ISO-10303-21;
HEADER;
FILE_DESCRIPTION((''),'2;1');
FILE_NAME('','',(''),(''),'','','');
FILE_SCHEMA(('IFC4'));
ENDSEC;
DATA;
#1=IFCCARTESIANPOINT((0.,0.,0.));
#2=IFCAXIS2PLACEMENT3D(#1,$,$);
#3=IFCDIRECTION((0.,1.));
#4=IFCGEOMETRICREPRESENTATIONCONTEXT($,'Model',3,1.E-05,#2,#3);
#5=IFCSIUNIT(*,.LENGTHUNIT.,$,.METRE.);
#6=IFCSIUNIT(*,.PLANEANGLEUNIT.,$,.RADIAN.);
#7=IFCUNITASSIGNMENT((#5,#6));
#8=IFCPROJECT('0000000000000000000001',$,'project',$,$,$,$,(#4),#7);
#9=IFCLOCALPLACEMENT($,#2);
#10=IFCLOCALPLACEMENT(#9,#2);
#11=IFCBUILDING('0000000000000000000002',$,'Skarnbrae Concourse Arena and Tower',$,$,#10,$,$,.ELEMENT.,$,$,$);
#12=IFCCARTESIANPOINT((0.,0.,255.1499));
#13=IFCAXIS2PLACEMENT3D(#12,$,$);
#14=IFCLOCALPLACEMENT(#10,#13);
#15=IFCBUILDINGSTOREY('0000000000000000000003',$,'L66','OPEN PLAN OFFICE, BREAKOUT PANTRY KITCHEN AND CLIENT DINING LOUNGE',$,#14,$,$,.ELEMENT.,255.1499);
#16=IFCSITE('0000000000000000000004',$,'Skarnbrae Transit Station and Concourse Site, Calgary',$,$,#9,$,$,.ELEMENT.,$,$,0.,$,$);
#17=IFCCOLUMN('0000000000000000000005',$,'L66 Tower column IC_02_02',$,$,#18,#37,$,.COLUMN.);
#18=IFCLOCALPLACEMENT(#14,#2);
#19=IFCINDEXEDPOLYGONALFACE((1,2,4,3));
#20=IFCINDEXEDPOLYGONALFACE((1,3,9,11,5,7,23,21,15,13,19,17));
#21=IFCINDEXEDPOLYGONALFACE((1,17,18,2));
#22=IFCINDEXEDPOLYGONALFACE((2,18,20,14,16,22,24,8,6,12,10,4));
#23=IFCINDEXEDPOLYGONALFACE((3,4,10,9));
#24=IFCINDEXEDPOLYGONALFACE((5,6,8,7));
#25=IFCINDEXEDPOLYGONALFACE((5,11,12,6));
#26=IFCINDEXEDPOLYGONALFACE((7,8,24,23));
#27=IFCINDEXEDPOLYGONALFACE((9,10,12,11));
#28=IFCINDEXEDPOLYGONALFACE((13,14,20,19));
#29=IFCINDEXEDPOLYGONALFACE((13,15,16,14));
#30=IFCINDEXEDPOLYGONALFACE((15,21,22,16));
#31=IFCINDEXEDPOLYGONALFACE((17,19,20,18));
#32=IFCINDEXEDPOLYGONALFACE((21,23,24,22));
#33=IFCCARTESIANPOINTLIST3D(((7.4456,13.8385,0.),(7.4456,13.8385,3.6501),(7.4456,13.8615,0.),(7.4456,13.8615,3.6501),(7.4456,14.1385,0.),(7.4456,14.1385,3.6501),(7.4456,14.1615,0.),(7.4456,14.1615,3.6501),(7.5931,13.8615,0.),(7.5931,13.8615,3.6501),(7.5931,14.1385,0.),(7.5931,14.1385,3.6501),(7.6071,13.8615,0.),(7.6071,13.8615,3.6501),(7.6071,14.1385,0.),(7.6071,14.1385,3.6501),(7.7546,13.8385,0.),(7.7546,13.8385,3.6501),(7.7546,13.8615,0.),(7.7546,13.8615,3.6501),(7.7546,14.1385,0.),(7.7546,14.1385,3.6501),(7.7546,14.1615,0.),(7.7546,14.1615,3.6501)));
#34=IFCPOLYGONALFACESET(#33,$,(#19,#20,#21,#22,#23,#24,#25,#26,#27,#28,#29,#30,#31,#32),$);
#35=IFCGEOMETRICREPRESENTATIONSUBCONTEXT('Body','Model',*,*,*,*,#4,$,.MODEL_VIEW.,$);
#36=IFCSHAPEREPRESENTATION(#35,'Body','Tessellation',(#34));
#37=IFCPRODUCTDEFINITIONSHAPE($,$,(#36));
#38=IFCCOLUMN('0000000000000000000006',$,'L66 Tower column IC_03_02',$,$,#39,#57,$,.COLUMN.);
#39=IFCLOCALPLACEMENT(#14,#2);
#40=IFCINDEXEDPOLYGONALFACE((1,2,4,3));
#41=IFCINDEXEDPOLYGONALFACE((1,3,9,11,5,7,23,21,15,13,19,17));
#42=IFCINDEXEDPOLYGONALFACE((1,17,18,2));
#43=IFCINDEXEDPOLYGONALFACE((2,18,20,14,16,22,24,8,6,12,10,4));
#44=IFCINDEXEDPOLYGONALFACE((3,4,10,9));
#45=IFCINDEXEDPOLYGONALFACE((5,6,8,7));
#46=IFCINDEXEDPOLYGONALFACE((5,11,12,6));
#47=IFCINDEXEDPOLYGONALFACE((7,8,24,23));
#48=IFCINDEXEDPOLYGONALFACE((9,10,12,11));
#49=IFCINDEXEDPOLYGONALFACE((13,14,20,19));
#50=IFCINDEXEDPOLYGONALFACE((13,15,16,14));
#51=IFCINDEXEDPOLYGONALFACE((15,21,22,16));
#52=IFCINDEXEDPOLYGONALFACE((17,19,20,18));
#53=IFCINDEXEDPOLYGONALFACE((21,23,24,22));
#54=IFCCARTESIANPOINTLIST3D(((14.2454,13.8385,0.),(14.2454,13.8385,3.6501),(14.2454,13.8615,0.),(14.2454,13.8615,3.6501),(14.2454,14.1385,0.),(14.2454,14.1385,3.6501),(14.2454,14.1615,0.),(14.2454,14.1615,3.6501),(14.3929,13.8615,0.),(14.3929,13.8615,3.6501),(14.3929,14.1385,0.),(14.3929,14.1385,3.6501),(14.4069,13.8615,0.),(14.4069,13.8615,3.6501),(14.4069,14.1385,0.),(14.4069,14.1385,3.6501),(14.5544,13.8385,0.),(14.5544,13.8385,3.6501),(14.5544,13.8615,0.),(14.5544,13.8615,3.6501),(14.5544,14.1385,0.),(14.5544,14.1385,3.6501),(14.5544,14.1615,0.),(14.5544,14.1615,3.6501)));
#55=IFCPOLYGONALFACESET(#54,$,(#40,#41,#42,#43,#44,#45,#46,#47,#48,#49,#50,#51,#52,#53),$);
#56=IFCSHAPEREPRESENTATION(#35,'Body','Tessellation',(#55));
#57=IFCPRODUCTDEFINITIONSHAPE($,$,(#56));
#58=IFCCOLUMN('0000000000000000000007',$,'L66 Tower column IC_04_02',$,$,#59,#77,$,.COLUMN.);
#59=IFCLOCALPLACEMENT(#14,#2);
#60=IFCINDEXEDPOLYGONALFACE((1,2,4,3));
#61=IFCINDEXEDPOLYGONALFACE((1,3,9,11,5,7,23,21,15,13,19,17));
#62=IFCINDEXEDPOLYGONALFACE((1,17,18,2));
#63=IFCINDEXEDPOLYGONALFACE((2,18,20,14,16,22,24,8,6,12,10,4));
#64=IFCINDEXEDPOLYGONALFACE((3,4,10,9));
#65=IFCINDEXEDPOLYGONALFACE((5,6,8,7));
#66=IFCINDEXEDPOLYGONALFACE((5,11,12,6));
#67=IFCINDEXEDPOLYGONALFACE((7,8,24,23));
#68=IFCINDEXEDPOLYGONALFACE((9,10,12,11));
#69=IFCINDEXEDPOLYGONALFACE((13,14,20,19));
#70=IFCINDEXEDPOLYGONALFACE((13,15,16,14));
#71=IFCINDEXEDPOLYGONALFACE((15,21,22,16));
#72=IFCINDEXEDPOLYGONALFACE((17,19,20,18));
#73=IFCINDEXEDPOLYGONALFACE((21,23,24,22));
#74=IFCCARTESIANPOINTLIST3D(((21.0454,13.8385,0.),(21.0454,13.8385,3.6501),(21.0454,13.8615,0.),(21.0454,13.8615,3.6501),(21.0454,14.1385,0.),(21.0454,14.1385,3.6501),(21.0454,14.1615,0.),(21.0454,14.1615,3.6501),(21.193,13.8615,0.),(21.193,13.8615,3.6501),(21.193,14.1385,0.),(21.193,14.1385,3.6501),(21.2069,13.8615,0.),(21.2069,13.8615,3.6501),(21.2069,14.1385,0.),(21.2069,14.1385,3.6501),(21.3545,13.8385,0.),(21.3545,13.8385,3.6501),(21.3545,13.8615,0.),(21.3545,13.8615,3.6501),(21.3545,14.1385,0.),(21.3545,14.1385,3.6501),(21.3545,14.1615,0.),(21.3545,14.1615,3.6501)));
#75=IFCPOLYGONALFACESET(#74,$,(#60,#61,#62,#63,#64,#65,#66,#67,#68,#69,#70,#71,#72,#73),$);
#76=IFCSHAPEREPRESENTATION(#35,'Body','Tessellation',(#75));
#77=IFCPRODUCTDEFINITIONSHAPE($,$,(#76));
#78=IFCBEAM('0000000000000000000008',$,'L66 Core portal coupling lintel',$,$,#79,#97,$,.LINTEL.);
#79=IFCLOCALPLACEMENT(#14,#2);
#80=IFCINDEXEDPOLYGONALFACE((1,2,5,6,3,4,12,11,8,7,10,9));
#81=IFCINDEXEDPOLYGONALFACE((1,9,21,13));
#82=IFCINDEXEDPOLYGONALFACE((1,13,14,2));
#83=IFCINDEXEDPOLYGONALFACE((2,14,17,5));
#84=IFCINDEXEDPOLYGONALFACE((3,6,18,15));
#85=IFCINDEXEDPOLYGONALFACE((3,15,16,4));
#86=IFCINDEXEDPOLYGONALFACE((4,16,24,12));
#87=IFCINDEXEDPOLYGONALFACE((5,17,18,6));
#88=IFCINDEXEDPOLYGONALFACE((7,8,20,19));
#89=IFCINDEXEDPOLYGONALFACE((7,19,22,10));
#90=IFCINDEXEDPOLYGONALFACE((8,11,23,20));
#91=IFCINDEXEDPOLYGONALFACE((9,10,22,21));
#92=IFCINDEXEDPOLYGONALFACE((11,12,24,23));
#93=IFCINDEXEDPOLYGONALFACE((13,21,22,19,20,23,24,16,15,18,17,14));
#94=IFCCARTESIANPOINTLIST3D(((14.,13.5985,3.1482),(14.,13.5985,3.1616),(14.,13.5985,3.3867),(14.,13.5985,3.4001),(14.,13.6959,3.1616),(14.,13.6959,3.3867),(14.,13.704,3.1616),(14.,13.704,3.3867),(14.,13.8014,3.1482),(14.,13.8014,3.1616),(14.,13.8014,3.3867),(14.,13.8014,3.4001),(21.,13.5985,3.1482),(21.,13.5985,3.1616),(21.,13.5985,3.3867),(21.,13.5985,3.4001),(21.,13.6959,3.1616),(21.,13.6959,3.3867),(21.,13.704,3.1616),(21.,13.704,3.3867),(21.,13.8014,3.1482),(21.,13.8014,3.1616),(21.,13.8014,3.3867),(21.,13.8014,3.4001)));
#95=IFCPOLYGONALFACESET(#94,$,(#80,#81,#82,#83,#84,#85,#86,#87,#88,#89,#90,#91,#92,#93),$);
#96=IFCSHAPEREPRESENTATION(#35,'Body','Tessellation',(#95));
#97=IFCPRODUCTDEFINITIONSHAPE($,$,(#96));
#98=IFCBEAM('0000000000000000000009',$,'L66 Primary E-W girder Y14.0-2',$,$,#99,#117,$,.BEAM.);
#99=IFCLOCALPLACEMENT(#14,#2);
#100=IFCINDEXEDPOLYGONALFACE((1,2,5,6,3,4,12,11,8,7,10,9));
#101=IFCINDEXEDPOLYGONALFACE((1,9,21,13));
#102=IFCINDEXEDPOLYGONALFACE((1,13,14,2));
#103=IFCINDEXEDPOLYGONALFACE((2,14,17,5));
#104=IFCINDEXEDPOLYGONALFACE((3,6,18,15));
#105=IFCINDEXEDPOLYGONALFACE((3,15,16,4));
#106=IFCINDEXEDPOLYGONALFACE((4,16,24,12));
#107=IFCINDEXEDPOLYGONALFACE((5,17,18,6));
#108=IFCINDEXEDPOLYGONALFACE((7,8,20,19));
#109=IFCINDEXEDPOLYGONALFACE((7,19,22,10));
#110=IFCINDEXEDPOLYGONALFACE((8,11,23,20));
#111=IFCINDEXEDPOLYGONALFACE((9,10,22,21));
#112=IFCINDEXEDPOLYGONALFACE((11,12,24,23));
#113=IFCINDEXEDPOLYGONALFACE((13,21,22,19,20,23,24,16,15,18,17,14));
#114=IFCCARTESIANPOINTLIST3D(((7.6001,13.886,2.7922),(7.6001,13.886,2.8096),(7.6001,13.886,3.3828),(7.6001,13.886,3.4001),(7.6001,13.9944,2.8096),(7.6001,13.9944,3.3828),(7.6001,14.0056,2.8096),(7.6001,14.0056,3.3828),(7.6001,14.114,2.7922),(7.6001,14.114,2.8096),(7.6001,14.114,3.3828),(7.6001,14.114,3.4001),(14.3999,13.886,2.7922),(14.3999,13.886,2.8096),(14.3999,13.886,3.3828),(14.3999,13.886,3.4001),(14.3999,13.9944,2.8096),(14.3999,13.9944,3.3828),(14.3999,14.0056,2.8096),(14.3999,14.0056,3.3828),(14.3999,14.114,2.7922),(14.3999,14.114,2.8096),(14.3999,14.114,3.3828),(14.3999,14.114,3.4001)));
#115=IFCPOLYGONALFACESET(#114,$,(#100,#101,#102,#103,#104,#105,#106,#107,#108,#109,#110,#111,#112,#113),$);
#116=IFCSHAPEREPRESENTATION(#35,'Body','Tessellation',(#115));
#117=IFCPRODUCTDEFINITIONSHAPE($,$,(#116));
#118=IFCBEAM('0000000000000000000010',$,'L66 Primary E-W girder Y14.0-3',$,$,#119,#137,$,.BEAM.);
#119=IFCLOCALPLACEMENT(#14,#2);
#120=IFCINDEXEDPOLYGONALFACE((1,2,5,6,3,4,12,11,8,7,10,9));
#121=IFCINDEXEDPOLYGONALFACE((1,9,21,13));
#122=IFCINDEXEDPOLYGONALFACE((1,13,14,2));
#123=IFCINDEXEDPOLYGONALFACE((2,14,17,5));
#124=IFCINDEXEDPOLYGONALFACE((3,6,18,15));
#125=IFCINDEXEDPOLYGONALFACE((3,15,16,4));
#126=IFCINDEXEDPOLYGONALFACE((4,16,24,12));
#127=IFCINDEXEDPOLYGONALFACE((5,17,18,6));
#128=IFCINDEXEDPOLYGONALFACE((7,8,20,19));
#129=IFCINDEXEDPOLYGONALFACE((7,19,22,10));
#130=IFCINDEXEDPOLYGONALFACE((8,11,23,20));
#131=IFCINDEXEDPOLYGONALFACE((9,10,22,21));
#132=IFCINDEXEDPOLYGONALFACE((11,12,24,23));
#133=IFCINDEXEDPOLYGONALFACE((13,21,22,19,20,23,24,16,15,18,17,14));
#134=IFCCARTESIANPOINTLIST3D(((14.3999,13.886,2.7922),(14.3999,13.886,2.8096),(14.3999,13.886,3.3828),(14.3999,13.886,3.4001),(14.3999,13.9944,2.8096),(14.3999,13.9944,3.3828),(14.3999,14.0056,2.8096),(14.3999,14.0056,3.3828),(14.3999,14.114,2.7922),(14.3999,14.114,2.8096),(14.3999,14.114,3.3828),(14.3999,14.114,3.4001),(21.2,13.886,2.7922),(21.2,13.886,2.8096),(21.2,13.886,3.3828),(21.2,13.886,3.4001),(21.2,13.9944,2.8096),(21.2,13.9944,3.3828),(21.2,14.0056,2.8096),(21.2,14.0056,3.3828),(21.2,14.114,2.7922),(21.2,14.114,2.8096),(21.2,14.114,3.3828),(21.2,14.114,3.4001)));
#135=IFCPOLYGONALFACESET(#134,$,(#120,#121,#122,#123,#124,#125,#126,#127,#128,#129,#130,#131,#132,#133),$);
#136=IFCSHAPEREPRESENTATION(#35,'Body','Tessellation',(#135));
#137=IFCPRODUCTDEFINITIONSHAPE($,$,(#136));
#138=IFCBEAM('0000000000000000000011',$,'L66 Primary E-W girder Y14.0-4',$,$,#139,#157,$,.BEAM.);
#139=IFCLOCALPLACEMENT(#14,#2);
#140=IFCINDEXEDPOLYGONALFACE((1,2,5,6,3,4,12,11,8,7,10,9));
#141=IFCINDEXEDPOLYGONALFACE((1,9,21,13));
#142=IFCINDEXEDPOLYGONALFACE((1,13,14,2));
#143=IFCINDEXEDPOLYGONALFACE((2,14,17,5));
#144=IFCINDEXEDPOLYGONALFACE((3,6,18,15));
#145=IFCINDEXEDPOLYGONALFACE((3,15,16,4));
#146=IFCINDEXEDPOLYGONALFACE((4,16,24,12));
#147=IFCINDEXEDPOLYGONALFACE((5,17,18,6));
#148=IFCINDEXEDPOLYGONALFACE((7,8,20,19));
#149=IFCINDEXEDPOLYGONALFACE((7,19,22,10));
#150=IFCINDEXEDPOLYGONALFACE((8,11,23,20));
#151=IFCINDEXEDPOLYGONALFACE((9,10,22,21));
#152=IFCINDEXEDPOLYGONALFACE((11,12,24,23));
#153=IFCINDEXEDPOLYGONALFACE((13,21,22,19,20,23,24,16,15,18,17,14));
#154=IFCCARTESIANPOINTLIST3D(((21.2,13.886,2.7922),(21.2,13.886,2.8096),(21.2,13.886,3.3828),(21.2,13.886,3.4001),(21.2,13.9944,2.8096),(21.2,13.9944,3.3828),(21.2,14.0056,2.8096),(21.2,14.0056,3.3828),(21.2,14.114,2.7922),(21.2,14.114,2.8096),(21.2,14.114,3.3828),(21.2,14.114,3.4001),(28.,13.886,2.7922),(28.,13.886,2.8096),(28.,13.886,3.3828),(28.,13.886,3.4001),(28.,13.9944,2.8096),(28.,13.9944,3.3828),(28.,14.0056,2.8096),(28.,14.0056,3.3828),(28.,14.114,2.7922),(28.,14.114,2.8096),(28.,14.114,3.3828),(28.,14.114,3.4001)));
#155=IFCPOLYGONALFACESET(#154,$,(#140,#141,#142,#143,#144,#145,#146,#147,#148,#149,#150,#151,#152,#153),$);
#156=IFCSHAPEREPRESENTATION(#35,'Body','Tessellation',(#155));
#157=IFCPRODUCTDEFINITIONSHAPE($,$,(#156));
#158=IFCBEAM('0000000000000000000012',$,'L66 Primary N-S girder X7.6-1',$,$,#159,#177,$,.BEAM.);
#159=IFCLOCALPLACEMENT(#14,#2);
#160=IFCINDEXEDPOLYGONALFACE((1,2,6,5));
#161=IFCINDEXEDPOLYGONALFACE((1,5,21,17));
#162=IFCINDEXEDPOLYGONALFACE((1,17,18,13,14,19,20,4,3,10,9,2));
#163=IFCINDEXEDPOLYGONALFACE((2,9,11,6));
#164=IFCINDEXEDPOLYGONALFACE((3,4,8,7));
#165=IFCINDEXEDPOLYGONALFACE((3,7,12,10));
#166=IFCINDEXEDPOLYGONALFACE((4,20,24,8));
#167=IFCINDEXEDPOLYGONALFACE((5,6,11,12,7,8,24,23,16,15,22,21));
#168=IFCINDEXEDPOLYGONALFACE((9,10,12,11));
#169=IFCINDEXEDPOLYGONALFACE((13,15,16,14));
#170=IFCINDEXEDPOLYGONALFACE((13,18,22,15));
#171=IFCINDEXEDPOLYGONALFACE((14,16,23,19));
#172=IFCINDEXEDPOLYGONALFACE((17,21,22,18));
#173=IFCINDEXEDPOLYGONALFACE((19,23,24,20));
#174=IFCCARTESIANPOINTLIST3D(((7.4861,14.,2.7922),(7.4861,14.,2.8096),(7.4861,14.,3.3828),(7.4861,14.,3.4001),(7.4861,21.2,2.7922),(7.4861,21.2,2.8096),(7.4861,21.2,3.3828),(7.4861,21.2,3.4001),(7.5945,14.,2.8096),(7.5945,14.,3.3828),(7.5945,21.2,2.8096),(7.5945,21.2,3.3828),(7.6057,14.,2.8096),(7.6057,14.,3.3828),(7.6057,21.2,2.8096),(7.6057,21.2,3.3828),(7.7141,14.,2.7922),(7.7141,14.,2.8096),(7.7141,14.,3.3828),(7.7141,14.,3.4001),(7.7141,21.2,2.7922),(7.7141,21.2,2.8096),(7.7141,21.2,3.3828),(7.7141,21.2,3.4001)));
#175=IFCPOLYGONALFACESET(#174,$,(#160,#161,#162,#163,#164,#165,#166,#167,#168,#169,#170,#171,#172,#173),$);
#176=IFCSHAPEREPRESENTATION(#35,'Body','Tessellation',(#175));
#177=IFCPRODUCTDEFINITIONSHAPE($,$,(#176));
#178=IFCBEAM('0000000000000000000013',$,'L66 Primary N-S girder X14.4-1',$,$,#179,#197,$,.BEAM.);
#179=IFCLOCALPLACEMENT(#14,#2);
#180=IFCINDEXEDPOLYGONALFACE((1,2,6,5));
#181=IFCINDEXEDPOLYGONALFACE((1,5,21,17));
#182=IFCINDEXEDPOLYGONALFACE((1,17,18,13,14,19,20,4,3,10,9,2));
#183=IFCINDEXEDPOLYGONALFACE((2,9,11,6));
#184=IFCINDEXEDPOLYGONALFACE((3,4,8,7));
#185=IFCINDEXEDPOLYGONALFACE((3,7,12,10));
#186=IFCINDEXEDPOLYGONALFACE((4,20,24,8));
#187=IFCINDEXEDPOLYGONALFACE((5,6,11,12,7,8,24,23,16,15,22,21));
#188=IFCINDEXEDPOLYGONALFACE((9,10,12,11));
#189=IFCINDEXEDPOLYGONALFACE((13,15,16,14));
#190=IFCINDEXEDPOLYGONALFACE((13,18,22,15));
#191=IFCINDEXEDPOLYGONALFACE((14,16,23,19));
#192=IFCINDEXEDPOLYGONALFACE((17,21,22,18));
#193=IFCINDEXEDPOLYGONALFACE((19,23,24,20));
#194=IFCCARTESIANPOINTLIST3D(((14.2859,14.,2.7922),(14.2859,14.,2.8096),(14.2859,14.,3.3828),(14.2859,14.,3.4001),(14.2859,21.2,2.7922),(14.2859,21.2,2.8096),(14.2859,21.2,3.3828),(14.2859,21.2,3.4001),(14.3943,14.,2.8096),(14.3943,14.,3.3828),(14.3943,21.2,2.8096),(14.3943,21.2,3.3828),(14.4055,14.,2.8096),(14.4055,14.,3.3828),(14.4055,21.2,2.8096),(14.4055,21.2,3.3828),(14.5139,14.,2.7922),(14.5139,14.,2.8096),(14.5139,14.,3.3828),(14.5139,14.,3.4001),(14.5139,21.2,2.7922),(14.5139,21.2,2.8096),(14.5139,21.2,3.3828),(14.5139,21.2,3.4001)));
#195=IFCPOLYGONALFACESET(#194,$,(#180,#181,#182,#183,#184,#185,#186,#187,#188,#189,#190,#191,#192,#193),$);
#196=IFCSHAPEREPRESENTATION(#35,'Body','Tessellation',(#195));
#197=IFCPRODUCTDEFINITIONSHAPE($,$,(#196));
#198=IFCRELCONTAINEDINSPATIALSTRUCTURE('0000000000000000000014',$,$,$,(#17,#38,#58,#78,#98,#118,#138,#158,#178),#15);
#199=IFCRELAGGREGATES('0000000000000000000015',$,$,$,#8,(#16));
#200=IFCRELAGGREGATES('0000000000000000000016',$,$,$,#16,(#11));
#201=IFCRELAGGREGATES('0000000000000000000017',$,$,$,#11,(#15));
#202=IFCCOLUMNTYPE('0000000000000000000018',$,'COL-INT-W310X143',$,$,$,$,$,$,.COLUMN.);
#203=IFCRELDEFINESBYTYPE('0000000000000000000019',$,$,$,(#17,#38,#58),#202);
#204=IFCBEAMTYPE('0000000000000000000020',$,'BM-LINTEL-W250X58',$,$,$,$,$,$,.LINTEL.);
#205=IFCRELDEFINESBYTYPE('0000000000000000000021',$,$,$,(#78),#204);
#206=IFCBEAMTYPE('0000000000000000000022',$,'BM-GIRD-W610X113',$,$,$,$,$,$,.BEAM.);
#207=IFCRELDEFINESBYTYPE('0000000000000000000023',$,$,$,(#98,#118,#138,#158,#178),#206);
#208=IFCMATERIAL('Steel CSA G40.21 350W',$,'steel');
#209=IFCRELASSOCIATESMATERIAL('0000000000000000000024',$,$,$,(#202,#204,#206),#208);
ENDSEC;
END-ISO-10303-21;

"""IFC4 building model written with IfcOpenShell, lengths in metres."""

from ifc_helpers import new_model, si_unit, direction, frame, origin, origin_2d, place, context, subcontext, project, spatial, i_section, extrude, source, transform, mapped, material, material_profile, profile_set, type_object, element, save


model = new_model("IFC4")

# Units and contexts
model_context = context("Model", 3, precision=1e-05, world=origin(), true_north=direction((0.0, 1.0)))
body_context = subcontext(model_context, "Body", "Model", "MODEL_VIEW")
ifc_project = project(units=[si_unit("LENGTHUNIT", "METRE"), si_unit("PLANEANGLEUNIT", "RADIAN")], contexts=[model_context])

# Site, building, storey
site_placement = place(None, origin())
site = spatial("IfcSite", under=ifc_project, at=site_placement, Name="Skarnbrae Transit Station and Concourse Site, Calgary", CompositionType="ELEMENT", RefElevation=0.0)
building_placement = place(site_placement, origin())
building = spatial("IfcBuilding", under=site, at=building_placement, Name="Skarnbrae Concourse Arena and Tower", CompositionType="ELEMENT")
storey_placement = place(building_placement, frame((0.0, 0.0, 255.1499)))
storey = spatial("IfcBuildingStorey", under=building, at=storey_placement, Name="L66", Description="OPEN PLAN OFFICE, BREAKOUT PANTRY KITCHEN AND CLIENT DINING LOUNGE", CompositionType="ELEMENT", Elevation=255.1499)

# Columns
ifc_material_1 = material(Name="Steel CSA G40.21 350W", Category="steel")
ifc_material_profile_1 = material_profile(ifc_material_1, i_section(OverallWidth=0.3091, OverallDepth=0.323, WebThickness=0.0139, FlangeThickness=0.0229, at=origin_2d()), Name="W310X143")
ifc_profile_set_1 = profile_set([ifc_material_profile_1], Name="Steel CSA G40.21 350W")
column_type = type_object("IfcColumnType", Name="COL-INT-W310X143", PredefinedType="COLUMN", material=ifc_profile_set_1)
shared_shape_1 = source(origin(), body_context, "Body", "SweptSolid", [
    extrude(i_section(OverallWidth=0.3091, OverallDepth=0.323, WebThickness=0.0139, FlangeThickness=0.0229, at=origin_2d()), origin(), (0.0, 0.0, 1.0), 3.6501),
])
for number, where, z_axis, x_axis, name in (
    (1, (7.6001, 14.0, 0.0), (0.0, 0.0, 1.0), (1.0, 0.0, 0.0), "L66 Tower column IC_02_02"),
    (2, (14.3999, 14.0, 0.0), (0.0, 0.0, 1.0), (1.0, 0.0, 0.0), "L66 Tower column IC_03_02"),
    (3, (21.2, 14.0, 0.0), (0.0, 0.0, 1.0), (1.0, 0.0, 0.0), "L66 Tower column IC_04_02"),
):
    element("IfcColumn", number, at=place(storey_placement, frame(where, z_axis=z_axis, x_axis=x_axis)), inside=storey, type_object=column_type, Name=name, PredefinedType="COLUMN", context=body_context, shape_type="MappedRepresentation", body=[
        mapped(shared_shape_1, transform((0.0, 0.0, 0.0))),
    ])

# Beams
ifc_material_profile_2 = material_profile(ifc_material_1, i_section(OverallWidth=0.2029, OverallDepth=0.252, WebThickness=0.0081, FlangeThickness=0.0134, at=origin_2d()), Name="W250X58")
ifc_profile_set_2 = profile_set([ifc_material_profile_2], Name="Steel CSA G40.21 350W")
beam_type_1 = type_object("IfcBeamType", Name="BM-LINTEL-W250X58", PredefinedType="LINTEL", material=ifc_profile_set_2)
shared_shape_2 = source(origin(), body_context, "Body", "SweptSolid", [
    extrude(i_section(OverallWidth=0.2029, OverallDepth=0.252, WebThickness=0.0081, FlangeThickness=0.0134, at=origin_2d()), origin(), (0.0, 0.0, 1.0), 7.0),
])
beam_1_placement = place(storey_placement, frame((14.0, 13.7, 3.2742), z_axis=(1.0, 0.0, 0.0), x_axis=(0.0, 1.0, 0.0)))
element("IfcBeam", 4, at=beam_1_placement, inside=storey, type_object=beam_type_1, Name="L66 Core portal coupling lintel", PredefinedType="LINTEL", context=body_context, shape_type="MappedRepresentation", body=[
    mapped(shared_shape_2, transform((0.0, 0.0, 0.0))),
])
ifc_material_profile_3 = material_profile(ifc_material_1, i_section(OverallWidth=0.228, OverallDepth=0.6079, WebThickness=0.0112, FlangeThickness=0.0173, at=origin_2d()), Name="W610X113")
ifc_profile_set_3 = profile_set([ifc_material_profile_3], Name="Steel CSA G40.21 350W")
beam_type_2 = type_object("IfcBeamType", Name="BM-GIRD-W610X113", PredefinedType="BEAM", material=ifc_profile_set_3)
shared_shape_3 = source(origin(), body_context, "Body", "SweptSolid", [
    extrude(i_section(OverallWidth=0.228, OverallDepth=0.6079, WebThickness=0.0112, FlangeThickness=0.0173, at=origin_2d()), origin(), (0.0, 0.0, 1.0), 6.7998),
])
beam_2_placement = place(storey_placement, frame((7.6001, 14.0, 3.0962), z_axis=(1.0, 0.0, 0.0), x_axis=(0.0, 1.0, 0.0)))
element("IfcBeam", 5, at=beam_2_placement, inside=storey, type_object=beam_type_2, Name="L66 Primary E-W girder Y14.0-2", PredefinedType="BEAM", context=body_context, shape_type="MappedRepresentation", body=[
    mapped(shared_shape_3, transform((0.0, 0.0, 0.0))),
])
shared_shape_4 = source(origin(), body_context, "Body", "SweptSolid", [
    extrude(i_section(OverallWidth=0.228, OverallDepth=0.6079, WebThickness=0.0112, FlangeThickness=0.0173, at=origin_2d()), origin(), (0.0, 0.0, 1.0), 6.8),
])
for number, where, z_axis, x_axis, name in (
    (6, (14.3999, 14.0, 3.0962), (1.0, 0.0, 0.0), (0.0, 1.0, 0.0), "L66 Primary E-W girder Y14.0-3"),
    (7, (21.2, 14.0, 3.0962), (1.0, 0.0, 0.0), (0.0, 1.0, 0.0), "L66 Primary E-W girder Y14.0-4"),
):
    element("IfcBeam", number, at=place(storey_placement, frame(where, z_axis=z_axis, x_axis=x_axis)), inside=storey, type_object=beam_type_2, Name=name, PredefinedType="BEAM", context=body_context, shape_type="MappedRepresentation", body=[
        mapped(shared_shape_4, transform((0.0, 0.0, 0.0))),
    ])
shared_shape_5 = source(origin(), body_context, "Body", "SweptSolid", [
    extrude(i_section(OverallWidth=0.228, OverallDepth=0.6079, WebThickness=0.0112, FlangeThickness=0.0173, at=origin_2d()), origin(), (0.0, 0.0, 1.0), 7.2),
])
for number, where, z_axis, x_axis, name in (
    (8, (7.6001, 14.0, 3.0962), (0.0, 1.0, 0.0), (-1.0, 0.0, 0.0), "L66 Primary N-S girder X7.6-1"),
    (9, (14.3999, 14.0, 3.0962), (0.0, 1.0, 0.0), (-1.0, 0.0, 0.0), "L66 Primary N-S girder X14.4-1"),
):
    element("IfcBeam", number, at=place(storey_placement, frame(where, z_axis=z_axis, x_axis=x_axis)), inside=storey, type_object=beam_type_2, Name=name, PredefinedType="BEAM", context=body_context, shape_type="MappedRepresentation", body=[
        mapped(shared_shape_5, transform((0.0, 0.0, 0.0))),
    ])

save(model, "model.ifc")
